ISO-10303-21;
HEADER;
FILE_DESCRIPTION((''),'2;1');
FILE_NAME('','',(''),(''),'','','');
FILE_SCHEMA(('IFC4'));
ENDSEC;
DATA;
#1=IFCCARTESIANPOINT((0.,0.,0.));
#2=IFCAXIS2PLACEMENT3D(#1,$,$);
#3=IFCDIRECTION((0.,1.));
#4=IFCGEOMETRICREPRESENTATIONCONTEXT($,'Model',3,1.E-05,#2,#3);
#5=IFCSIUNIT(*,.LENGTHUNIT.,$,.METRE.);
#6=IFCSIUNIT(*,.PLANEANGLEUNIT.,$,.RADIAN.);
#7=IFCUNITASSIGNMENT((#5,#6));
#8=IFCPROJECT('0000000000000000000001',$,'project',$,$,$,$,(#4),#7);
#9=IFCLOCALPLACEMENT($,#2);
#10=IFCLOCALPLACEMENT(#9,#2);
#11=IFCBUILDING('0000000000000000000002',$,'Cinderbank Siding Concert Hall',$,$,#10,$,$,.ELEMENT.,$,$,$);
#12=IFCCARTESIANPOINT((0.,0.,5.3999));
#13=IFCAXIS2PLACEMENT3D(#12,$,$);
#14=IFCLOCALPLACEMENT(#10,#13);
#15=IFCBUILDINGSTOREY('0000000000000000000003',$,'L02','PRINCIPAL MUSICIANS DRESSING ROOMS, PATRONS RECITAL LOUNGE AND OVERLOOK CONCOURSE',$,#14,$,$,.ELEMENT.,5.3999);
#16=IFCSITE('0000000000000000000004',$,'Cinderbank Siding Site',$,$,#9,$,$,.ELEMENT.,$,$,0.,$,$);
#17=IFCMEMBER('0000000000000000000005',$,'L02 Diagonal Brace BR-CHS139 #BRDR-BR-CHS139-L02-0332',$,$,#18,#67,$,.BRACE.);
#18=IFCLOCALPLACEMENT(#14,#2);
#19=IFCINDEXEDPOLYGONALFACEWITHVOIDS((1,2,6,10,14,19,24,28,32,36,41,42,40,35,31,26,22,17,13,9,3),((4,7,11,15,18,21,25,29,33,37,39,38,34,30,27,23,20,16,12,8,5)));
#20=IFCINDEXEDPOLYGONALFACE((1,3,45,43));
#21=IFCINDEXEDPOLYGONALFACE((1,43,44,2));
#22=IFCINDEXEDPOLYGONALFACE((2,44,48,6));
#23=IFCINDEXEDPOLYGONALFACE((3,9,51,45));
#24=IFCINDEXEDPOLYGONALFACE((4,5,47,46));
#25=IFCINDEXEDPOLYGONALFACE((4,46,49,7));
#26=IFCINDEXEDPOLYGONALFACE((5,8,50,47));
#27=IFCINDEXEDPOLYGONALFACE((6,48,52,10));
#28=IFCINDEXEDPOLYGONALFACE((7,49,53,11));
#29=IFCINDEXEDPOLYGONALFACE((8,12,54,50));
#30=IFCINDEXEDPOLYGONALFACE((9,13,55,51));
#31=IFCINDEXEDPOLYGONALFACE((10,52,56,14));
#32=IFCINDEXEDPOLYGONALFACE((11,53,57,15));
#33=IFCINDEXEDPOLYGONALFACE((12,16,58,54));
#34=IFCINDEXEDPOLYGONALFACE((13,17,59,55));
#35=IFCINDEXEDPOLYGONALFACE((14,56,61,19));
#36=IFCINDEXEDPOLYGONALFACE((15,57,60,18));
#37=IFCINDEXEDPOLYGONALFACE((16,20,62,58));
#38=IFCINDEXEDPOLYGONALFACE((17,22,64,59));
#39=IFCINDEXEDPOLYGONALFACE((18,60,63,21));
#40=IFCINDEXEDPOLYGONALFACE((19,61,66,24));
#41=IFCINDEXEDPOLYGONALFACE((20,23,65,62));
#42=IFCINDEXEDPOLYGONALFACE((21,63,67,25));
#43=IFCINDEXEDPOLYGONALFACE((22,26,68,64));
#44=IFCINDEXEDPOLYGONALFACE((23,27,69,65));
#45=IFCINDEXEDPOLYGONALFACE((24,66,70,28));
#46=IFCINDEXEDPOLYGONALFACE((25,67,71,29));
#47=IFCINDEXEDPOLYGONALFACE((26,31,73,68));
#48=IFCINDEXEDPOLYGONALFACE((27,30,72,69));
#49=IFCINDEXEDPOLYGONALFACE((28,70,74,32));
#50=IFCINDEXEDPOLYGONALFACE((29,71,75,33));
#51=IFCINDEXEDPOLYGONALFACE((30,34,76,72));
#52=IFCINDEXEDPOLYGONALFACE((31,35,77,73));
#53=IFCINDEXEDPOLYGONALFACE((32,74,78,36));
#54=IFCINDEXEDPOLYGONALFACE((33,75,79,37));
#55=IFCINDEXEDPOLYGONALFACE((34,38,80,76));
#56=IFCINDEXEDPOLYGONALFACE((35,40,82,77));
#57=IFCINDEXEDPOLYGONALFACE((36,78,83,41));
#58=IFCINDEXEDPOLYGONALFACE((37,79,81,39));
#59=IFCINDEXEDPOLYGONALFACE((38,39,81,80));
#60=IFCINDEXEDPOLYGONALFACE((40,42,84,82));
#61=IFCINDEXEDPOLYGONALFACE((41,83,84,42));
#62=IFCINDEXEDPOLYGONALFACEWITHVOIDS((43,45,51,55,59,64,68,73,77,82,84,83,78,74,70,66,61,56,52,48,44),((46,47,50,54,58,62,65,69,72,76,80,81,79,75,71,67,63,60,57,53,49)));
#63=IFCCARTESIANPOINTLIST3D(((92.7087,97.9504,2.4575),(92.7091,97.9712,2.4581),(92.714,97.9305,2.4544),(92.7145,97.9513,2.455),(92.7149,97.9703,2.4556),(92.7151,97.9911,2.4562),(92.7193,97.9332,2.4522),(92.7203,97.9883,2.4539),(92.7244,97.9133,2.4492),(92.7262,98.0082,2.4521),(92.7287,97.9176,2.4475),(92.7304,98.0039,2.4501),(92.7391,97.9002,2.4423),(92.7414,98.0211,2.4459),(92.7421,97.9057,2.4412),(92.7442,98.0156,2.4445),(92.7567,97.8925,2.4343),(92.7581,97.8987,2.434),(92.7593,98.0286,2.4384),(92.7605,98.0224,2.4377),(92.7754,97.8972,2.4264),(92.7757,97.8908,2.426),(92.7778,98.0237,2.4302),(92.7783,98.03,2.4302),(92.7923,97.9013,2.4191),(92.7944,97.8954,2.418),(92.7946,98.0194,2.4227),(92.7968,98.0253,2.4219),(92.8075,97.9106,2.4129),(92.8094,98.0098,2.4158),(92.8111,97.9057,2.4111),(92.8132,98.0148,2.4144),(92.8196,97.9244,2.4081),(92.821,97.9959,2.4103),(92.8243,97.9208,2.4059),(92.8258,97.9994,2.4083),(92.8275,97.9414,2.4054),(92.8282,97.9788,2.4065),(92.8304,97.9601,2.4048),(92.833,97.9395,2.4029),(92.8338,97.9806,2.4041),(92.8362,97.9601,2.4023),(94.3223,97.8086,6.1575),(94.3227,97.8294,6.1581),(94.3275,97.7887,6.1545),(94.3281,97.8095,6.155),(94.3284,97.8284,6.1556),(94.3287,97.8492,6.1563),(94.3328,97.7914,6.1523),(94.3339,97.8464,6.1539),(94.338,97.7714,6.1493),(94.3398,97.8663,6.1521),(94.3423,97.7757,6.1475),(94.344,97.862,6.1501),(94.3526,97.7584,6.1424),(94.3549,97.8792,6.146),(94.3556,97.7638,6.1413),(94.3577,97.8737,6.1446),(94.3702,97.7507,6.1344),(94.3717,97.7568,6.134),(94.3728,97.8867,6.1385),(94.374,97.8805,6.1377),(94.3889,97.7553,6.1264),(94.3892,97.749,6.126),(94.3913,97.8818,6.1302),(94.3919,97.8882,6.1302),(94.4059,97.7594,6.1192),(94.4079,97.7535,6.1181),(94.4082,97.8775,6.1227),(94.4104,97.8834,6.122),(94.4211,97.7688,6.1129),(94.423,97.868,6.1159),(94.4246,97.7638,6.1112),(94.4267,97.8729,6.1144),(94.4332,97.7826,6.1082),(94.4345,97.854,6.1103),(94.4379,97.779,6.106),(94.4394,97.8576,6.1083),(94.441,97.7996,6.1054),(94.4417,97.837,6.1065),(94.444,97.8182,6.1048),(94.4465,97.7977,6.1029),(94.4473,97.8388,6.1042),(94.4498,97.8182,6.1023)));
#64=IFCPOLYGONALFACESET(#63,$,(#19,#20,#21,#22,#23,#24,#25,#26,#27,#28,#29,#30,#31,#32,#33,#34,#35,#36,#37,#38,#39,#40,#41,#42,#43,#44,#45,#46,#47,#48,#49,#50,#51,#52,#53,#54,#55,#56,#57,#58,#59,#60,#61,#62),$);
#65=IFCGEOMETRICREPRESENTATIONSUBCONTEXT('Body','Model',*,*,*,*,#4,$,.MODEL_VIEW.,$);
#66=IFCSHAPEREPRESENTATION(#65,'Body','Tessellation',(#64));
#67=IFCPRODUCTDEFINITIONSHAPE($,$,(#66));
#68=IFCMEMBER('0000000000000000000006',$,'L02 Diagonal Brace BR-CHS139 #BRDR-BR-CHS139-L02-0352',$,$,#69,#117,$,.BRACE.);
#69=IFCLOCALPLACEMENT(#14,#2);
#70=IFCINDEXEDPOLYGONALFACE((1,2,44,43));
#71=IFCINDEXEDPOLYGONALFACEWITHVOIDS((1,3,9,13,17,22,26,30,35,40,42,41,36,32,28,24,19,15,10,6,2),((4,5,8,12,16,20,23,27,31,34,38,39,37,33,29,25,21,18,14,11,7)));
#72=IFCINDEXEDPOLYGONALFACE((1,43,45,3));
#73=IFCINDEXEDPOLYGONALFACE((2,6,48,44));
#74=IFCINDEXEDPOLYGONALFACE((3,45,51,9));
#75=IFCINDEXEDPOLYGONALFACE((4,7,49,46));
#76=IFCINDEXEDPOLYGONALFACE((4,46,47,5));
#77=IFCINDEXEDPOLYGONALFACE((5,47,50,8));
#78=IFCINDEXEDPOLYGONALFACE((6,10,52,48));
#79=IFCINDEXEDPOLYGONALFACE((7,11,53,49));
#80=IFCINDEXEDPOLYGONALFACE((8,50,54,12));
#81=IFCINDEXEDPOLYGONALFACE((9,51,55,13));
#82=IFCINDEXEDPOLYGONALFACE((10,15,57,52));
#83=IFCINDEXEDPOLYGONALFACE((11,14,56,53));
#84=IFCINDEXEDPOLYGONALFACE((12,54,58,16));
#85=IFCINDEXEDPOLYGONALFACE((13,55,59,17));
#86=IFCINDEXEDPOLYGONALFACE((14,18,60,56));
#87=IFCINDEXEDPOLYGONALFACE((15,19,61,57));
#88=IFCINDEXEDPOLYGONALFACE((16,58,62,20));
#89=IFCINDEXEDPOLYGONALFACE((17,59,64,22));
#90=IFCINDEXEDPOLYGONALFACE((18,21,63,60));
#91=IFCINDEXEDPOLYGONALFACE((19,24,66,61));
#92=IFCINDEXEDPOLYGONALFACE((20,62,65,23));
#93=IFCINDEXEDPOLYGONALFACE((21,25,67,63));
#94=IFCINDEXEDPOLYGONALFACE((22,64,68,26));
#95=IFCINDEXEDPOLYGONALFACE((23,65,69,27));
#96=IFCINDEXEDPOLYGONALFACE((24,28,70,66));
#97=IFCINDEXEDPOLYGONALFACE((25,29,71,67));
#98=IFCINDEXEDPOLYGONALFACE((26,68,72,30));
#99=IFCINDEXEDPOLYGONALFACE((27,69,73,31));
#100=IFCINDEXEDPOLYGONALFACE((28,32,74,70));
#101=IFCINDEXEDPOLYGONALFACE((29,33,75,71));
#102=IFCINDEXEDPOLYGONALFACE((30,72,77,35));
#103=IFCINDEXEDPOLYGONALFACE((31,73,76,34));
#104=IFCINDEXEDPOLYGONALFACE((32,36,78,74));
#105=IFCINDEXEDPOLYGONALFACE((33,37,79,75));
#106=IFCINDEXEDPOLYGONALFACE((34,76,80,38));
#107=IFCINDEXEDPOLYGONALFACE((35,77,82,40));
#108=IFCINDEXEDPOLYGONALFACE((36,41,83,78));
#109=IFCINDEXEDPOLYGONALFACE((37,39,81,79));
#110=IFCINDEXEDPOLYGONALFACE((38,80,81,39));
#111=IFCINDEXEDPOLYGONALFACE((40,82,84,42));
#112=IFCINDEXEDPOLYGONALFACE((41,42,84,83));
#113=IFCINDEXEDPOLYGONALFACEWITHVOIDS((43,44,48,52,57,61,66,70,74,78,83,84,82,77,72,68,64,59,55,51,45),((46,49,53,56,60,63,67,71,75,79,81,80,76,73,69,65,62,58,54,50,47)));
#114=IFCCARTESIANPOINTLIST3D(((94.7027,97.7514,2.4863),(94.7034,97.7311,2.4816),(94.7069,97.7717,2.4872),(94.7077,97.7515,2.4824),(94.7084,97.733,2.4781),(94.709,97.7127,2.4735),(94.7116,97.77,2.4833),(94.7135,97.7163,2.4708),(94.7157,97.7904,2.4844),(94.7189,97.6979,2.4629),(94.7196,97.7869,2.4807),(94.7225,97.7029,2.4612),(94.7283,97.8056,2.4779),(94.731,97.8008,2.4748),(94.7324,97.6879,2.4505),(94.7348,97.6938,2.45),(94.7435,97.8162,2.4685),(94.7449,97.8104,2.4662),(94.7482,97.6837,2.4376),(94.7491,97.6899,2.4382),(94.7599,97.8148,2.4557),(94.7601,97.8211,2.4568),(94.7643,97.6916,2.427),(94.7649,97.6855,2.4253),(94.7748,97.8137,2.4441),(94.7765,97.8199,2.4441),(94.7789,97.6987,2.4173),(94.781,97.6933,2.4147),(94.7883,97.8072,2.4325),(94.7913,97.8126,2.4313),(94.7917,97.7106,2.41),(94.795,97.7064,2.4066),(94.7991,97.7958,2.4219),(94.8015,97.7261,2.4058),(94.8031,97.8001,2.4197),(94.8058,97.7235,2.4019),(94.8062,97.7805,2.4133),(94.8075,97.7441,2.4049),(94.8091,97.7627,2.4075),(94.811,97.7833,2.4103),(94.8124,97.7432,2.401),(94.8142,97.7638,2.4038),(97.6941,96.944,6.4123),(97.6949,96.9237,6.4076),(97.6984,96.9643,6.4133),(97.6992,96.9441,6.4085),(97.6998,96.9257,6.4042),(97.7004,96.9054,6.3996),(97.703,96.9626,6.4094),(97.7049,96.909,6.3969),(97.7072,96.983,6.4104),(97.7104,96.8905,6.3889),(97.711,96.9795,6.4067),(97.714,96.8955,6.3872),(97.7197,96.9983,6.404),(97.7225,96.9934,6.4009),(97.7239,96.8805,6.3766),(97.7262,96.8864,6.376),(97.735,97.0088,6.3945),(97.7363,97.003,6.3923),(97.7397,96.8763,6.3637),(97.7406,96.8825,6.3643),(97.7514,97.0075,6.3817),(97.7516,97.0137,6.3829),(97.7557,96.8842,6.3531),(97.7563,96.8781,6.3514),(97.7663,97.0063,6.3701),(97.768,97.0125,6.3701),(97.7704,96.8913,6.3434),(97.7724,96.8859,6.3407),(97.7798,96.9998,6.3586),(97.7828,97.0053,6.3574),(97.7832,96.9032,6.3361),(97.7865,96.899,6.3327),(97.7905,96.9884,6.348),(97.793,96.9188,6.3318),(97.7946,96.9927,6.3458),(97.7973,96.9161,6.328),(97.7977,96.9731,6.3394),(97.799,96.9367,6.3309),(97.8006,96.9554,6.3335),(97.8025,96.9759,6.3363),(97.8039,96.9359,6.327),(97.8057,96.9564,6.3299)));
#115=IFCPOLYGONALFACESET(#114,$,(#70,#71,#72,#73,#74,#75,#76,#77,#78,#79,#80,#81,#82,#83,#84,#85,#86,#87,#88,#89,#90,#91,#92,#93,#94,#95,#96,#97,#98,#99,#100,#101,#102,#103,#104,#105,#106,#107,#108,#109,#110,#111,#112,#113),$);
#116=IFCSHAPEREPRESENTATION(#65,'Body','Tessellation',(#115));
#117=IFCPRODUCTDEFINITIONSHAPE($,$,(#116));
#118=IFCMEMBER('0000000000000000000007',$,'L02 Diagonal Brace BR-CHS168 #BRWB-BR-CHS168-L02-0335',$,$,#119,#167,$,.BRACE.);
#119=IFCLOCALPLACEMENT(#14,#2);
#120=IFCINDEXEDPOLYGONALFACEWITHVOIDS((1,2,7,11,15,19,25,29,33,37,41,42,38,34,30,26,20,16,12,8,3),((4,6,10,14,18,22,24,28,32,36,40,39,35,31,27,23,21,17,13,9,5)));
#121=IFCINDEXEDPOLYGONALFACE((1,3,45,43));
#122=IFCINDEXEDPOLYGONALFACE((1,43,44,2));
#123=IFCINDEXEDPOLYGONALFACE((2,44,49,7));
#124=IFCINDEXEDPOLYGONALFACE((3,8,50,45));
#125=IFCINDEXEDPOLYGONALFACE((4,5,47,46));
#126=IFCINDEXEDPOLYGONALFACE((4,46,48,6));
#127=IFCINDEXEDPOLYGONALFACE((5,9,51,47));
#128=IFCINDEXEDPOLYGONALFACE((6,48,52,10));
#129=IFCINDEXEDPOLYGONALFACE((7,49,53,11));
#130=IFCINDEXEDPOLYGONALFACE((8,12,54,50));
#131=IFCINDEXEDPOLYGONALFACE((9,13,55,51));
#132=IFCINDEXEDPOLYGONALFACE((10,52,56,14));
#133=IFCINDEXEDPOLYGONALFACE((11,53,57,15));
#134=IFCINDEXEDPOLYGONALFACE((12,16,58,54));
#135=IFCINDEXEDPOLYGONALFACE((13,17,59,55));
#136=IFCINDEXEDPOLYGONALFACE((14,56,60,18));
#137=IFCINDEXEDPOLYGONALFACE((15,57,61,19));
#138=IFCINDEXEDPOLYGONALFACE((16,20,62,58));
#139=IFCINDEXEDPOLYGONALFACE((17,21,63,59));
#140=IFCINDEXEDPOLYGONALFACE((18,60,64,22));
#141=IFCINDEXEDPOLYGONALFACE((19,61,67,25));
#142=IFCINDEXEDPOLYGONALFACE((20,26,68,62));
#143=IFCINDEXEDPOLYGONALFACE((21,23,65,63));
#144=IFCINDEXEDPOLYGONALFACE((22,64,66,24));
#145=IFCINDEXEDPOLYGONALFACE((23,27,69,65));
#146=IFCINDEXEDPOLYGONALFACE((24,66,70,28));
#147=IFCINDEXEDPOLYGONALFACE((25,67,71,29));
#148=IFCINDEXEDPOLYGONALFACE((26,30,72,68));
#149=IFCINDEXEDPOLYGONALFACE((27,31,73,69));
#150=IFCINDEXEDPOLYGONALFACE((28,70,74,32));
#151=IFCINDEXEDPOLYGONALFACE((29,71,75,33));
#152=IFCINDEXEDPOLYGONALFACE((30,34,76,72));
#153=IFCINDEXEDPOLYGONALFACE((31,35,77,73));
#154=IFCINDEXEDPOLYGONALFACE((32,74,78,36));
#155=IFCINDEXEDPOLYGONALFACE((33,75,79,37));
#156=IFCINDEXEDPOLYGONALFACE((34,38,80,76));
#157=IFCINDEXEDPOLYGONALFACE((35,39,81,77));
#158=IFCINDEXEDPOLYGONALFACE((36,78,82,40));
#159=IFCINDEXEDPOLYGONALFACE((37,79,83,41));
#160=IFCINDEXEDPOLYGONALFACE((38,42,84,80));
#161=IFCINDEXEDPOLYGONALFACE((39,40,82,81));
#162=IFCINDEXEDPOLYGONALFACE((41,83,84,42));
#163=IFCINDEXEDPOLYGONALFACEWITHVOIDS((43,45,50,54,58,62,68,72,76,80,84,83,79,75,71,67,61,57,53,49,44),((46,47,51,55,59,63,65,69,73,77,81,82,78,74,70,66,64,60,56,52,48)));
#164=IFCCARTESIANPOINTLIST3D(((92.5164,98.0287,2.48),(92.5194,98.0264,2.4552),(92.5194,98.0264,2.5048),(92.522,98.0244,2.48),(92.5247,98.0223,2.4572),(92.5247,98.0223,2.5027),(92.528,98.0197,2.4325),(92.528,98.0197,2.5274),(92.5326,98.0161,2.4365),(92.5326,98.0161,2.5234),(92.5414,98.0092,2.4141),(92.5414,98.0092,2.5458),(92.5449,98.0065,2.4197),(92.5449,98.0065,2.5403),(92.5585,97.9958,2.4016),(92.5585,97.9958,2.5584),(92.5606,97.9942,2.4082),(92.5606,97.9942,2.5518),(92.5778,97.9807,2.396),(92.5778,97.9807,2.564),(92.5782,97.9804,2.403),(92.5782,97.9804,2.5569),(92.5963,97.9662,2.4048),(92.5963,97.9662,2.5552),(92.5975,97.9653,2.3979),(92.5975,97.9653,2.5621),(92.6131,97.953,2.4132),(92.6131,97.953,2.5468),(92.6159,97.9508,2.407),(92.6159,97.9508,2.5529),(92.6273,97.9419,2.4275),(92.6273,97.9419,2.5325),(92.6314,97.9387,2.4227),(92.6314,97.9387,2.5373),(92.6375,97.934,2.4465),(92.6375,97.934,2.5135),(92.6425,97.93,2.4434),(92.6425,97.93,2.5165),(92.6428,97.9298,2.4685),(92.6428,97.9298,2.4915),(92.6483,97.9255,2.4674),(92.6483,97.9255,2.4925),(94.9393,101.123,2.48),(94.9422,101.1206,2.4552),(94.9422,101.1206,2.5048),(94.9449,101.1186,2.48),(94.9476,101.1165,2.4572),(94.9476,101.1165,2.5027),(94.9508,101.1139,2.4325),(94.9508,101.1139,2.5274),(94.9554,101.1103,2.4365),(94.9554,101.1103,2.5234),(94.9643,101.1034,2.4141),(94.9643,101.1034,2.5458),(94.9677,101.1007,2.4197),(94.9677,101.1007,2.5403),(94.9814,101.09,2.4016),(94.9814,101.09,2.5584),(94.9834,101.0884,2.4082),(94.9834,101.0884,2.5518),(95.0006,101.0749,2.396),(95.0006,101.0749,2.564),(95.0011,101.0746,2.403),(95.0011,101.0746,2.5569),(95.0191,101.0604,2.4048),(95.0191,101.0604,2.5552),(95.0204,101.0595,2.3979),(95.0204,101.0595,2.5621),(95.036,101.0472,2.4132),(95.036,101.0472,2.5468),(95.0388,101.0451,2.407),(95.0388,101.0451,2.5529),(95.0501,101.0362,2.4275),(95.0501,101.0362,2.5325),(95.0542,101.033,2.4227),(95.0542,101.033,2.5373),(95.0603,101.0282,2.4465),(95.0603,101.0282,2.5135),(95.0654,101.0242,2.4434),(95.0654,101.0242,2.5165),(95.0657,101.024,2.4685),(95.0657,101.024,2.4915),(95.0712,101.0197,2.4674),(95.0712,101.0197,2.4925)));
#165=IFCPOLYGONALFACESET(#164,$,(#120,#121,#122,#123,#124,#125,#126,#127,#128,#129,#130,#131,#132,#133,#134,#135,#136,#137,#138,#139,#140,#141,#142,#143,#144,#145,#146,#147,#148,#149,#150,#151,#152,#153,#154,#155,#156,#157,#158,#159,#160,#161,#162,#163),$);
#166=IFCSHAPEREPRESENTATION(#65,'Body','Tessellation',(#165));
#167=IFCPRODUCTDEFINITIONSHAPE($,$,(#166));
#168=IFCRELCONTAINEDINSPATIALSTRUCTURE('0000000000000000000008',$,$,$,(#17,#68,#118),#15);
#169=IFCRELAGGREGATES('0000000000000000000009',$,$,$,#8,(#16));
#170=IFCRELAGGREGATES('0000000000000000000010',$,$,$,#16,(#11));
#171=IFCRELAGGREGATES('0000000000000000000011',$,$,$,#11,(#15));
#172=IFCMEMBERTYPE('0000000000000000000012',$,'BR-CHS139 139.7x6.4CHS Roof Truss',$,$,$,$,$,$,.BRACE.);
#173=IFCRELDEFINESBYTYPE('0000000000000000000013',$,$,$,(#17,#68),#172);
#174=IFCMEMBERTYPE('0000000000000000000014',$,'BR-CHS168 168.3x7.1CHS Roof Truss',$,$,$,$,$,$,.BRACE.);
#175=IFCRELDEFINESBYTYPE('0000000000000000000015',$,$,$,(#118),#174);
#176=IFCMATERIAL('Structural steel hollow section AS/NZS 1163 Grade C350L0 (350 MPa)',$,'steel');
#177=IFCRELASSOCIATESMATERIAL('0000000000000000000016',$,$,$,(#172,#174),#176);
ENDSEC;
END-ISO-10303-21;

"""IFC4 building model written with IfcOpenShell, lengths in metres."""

from ifc_helpers import new_model, si_unit, direction, frame, origin, origin_2d, place, context, subcontext, project, spatial, hollow_circle, extrude, material, material_profile, profile_set, type_object, element, save


model = new_model("IFC4")

# Units and contexts
model_context = context("Model", 3, precision=1e-05, world=origin(), true_north=direction((0.0, 1.0)))
body_context = subcontext(model_context, "Body", "Model", "MODEL_VIEW")
ifc_project = project(units=[si_unit("LENGTHUNIT", "METRE"), si_unit("PLANEANGLEUNIT", "RADIAN")], contexts=[model_context])

# Site, building, storey
site_placement = place(None, origin())
site = spatial("IfcSite", under=ifc_project, at=site_placement, Name="Cinderbank Siding Site", CompositionType="ELEMENT", RefElevation=0.0)
building_placement = place(site_placement, origin())
building = spatial("IfcBuilding", under=site, at=building_placement, Name="Cinderbank Siding Concert Hall", CompositionType="ELEMENT")
storey_placement = place(building_placement, frame((0.0, 0.0, 5.3999)))
storey = spatial("IfcBuildingStorey", under=building, at=storey_placement, Name="L02", Description="PRINCIPAL MUSICIANS DRESSING ROOMS, PATRONS RECITAL LOUNGE AND OVERLOOK CONCOURSE", CompositionType="ELEMENT", Elevation=5.3999)

# Shared definitions
ifc_material_1 = material(Name="Structural steel hollow section AS/NZS 1163 Grade C350L0 (350 MPa)", Category="steel")

# Members
ifc_material_profile_1 = material_profile(ifc_material_1, hollow_circle(Radius=0.0698, WallThickness=0.0063, at=origin_2d()), Name="139.7x6.4CHS", Category="LoadBearing")
ifc_profile_set_1 = profile_set([ifc_material_profile_1], Name="Structural steel hollow section AS/NZS 1163 Grade C350L0 (350 MPa)")
member_type_1 = type_object("IfcMemberType", Name="BR-CHS139 139.7x6.4CHS Roof Truss", PredefinedType="BRACE", material=ifc_profile_set_1)
member_1_placement = place(storey_placement, frame((92.7722, 97.9604, 2.4302), z_axis=(0.39949, -0.035119, 0.916065), x_axis=(0.087573, 0.996158, 0.0)))
element("IfcMember", 1, at=member_1_placement, inside=storey, type_object=member_type_1, Name="L02 Diagonal Brace BR-CHS139 #BRDR-BR-CHS139-L02-0332", PredefinedType="BRACE", context=body_context, shape_type="SweptSolid", body=[
    extrude(hollow_circle(Radius=0.0698, WallThickness=0.0063, at=origin_2d()), origin(), (0.0, 0.0, 1.0), 4.0391),
])
member_2_placement = place(storey_placement, frame((94.7583, 97.7524, 2.4441), z_axis=(0.59812, -0.161428, 0.78498), x_axis=(0.26057, 0.965455, 0.0)))
element("IfcMember", 2, at=member_2_placement, inside=storey, type_object=member_type_1, Name="L02 Diagonal Brace BR-CHS139 #BRDR-BR-CHS139-L02-0352", PredefinedType="BRACE", context=body_context, shape_type="SweptSolid", body=[
    extrude(hollow_circle(Radius=0.0698, WallThickness=0.0063, at=origin_2d()), origin(), (0.0, 0.0, 1.0), 5.0015),
])
ifc_material_profile_2 = material_profile(ifc_material_1, hollow_circle(Radius=0.0842, WallThickness=0.0071, at=origin_2d()), Name="168.3x7.1CHS", Category="LoadBearing")
ifc_profile_set_2 = profile_set([ifc_material_profile_2], Name="Structural steel hollow section AS/NZS 1163 Grade C350L0 (350 MPa)")
member_type_2 = type_object("IfcMemberType", Name="BR-CHS168 168.3x7.1CHS Roof Truss", PredefinedType="BRACE", material=ifc_profile_set_2)
member_3_placement = place(storey_placement, frame((92.5828, 97.9768, 2.48), z_axis=(0.616509, 0.787348, 0.0), x_axis=(-0.787348, 0.616509, 0.0)))
element("IfcMember", 3, at=member_3_placement, inside=storey, type_object=member_type_2, Name="L02 Diagonal Brace BR-CHS168 #BRWB-BR-CHS168-L02-0335", PredefinedType="BRACE", context=body_context, shape_type="SweptSolid", body=[
    extrude(hollow_circle(Radius=0.0842, WallThickness=0.0071, at=origin_2d()), origin(), (0.0, 0.0, 1.0), 3.9299),
])

save(model, "model.ifc")
